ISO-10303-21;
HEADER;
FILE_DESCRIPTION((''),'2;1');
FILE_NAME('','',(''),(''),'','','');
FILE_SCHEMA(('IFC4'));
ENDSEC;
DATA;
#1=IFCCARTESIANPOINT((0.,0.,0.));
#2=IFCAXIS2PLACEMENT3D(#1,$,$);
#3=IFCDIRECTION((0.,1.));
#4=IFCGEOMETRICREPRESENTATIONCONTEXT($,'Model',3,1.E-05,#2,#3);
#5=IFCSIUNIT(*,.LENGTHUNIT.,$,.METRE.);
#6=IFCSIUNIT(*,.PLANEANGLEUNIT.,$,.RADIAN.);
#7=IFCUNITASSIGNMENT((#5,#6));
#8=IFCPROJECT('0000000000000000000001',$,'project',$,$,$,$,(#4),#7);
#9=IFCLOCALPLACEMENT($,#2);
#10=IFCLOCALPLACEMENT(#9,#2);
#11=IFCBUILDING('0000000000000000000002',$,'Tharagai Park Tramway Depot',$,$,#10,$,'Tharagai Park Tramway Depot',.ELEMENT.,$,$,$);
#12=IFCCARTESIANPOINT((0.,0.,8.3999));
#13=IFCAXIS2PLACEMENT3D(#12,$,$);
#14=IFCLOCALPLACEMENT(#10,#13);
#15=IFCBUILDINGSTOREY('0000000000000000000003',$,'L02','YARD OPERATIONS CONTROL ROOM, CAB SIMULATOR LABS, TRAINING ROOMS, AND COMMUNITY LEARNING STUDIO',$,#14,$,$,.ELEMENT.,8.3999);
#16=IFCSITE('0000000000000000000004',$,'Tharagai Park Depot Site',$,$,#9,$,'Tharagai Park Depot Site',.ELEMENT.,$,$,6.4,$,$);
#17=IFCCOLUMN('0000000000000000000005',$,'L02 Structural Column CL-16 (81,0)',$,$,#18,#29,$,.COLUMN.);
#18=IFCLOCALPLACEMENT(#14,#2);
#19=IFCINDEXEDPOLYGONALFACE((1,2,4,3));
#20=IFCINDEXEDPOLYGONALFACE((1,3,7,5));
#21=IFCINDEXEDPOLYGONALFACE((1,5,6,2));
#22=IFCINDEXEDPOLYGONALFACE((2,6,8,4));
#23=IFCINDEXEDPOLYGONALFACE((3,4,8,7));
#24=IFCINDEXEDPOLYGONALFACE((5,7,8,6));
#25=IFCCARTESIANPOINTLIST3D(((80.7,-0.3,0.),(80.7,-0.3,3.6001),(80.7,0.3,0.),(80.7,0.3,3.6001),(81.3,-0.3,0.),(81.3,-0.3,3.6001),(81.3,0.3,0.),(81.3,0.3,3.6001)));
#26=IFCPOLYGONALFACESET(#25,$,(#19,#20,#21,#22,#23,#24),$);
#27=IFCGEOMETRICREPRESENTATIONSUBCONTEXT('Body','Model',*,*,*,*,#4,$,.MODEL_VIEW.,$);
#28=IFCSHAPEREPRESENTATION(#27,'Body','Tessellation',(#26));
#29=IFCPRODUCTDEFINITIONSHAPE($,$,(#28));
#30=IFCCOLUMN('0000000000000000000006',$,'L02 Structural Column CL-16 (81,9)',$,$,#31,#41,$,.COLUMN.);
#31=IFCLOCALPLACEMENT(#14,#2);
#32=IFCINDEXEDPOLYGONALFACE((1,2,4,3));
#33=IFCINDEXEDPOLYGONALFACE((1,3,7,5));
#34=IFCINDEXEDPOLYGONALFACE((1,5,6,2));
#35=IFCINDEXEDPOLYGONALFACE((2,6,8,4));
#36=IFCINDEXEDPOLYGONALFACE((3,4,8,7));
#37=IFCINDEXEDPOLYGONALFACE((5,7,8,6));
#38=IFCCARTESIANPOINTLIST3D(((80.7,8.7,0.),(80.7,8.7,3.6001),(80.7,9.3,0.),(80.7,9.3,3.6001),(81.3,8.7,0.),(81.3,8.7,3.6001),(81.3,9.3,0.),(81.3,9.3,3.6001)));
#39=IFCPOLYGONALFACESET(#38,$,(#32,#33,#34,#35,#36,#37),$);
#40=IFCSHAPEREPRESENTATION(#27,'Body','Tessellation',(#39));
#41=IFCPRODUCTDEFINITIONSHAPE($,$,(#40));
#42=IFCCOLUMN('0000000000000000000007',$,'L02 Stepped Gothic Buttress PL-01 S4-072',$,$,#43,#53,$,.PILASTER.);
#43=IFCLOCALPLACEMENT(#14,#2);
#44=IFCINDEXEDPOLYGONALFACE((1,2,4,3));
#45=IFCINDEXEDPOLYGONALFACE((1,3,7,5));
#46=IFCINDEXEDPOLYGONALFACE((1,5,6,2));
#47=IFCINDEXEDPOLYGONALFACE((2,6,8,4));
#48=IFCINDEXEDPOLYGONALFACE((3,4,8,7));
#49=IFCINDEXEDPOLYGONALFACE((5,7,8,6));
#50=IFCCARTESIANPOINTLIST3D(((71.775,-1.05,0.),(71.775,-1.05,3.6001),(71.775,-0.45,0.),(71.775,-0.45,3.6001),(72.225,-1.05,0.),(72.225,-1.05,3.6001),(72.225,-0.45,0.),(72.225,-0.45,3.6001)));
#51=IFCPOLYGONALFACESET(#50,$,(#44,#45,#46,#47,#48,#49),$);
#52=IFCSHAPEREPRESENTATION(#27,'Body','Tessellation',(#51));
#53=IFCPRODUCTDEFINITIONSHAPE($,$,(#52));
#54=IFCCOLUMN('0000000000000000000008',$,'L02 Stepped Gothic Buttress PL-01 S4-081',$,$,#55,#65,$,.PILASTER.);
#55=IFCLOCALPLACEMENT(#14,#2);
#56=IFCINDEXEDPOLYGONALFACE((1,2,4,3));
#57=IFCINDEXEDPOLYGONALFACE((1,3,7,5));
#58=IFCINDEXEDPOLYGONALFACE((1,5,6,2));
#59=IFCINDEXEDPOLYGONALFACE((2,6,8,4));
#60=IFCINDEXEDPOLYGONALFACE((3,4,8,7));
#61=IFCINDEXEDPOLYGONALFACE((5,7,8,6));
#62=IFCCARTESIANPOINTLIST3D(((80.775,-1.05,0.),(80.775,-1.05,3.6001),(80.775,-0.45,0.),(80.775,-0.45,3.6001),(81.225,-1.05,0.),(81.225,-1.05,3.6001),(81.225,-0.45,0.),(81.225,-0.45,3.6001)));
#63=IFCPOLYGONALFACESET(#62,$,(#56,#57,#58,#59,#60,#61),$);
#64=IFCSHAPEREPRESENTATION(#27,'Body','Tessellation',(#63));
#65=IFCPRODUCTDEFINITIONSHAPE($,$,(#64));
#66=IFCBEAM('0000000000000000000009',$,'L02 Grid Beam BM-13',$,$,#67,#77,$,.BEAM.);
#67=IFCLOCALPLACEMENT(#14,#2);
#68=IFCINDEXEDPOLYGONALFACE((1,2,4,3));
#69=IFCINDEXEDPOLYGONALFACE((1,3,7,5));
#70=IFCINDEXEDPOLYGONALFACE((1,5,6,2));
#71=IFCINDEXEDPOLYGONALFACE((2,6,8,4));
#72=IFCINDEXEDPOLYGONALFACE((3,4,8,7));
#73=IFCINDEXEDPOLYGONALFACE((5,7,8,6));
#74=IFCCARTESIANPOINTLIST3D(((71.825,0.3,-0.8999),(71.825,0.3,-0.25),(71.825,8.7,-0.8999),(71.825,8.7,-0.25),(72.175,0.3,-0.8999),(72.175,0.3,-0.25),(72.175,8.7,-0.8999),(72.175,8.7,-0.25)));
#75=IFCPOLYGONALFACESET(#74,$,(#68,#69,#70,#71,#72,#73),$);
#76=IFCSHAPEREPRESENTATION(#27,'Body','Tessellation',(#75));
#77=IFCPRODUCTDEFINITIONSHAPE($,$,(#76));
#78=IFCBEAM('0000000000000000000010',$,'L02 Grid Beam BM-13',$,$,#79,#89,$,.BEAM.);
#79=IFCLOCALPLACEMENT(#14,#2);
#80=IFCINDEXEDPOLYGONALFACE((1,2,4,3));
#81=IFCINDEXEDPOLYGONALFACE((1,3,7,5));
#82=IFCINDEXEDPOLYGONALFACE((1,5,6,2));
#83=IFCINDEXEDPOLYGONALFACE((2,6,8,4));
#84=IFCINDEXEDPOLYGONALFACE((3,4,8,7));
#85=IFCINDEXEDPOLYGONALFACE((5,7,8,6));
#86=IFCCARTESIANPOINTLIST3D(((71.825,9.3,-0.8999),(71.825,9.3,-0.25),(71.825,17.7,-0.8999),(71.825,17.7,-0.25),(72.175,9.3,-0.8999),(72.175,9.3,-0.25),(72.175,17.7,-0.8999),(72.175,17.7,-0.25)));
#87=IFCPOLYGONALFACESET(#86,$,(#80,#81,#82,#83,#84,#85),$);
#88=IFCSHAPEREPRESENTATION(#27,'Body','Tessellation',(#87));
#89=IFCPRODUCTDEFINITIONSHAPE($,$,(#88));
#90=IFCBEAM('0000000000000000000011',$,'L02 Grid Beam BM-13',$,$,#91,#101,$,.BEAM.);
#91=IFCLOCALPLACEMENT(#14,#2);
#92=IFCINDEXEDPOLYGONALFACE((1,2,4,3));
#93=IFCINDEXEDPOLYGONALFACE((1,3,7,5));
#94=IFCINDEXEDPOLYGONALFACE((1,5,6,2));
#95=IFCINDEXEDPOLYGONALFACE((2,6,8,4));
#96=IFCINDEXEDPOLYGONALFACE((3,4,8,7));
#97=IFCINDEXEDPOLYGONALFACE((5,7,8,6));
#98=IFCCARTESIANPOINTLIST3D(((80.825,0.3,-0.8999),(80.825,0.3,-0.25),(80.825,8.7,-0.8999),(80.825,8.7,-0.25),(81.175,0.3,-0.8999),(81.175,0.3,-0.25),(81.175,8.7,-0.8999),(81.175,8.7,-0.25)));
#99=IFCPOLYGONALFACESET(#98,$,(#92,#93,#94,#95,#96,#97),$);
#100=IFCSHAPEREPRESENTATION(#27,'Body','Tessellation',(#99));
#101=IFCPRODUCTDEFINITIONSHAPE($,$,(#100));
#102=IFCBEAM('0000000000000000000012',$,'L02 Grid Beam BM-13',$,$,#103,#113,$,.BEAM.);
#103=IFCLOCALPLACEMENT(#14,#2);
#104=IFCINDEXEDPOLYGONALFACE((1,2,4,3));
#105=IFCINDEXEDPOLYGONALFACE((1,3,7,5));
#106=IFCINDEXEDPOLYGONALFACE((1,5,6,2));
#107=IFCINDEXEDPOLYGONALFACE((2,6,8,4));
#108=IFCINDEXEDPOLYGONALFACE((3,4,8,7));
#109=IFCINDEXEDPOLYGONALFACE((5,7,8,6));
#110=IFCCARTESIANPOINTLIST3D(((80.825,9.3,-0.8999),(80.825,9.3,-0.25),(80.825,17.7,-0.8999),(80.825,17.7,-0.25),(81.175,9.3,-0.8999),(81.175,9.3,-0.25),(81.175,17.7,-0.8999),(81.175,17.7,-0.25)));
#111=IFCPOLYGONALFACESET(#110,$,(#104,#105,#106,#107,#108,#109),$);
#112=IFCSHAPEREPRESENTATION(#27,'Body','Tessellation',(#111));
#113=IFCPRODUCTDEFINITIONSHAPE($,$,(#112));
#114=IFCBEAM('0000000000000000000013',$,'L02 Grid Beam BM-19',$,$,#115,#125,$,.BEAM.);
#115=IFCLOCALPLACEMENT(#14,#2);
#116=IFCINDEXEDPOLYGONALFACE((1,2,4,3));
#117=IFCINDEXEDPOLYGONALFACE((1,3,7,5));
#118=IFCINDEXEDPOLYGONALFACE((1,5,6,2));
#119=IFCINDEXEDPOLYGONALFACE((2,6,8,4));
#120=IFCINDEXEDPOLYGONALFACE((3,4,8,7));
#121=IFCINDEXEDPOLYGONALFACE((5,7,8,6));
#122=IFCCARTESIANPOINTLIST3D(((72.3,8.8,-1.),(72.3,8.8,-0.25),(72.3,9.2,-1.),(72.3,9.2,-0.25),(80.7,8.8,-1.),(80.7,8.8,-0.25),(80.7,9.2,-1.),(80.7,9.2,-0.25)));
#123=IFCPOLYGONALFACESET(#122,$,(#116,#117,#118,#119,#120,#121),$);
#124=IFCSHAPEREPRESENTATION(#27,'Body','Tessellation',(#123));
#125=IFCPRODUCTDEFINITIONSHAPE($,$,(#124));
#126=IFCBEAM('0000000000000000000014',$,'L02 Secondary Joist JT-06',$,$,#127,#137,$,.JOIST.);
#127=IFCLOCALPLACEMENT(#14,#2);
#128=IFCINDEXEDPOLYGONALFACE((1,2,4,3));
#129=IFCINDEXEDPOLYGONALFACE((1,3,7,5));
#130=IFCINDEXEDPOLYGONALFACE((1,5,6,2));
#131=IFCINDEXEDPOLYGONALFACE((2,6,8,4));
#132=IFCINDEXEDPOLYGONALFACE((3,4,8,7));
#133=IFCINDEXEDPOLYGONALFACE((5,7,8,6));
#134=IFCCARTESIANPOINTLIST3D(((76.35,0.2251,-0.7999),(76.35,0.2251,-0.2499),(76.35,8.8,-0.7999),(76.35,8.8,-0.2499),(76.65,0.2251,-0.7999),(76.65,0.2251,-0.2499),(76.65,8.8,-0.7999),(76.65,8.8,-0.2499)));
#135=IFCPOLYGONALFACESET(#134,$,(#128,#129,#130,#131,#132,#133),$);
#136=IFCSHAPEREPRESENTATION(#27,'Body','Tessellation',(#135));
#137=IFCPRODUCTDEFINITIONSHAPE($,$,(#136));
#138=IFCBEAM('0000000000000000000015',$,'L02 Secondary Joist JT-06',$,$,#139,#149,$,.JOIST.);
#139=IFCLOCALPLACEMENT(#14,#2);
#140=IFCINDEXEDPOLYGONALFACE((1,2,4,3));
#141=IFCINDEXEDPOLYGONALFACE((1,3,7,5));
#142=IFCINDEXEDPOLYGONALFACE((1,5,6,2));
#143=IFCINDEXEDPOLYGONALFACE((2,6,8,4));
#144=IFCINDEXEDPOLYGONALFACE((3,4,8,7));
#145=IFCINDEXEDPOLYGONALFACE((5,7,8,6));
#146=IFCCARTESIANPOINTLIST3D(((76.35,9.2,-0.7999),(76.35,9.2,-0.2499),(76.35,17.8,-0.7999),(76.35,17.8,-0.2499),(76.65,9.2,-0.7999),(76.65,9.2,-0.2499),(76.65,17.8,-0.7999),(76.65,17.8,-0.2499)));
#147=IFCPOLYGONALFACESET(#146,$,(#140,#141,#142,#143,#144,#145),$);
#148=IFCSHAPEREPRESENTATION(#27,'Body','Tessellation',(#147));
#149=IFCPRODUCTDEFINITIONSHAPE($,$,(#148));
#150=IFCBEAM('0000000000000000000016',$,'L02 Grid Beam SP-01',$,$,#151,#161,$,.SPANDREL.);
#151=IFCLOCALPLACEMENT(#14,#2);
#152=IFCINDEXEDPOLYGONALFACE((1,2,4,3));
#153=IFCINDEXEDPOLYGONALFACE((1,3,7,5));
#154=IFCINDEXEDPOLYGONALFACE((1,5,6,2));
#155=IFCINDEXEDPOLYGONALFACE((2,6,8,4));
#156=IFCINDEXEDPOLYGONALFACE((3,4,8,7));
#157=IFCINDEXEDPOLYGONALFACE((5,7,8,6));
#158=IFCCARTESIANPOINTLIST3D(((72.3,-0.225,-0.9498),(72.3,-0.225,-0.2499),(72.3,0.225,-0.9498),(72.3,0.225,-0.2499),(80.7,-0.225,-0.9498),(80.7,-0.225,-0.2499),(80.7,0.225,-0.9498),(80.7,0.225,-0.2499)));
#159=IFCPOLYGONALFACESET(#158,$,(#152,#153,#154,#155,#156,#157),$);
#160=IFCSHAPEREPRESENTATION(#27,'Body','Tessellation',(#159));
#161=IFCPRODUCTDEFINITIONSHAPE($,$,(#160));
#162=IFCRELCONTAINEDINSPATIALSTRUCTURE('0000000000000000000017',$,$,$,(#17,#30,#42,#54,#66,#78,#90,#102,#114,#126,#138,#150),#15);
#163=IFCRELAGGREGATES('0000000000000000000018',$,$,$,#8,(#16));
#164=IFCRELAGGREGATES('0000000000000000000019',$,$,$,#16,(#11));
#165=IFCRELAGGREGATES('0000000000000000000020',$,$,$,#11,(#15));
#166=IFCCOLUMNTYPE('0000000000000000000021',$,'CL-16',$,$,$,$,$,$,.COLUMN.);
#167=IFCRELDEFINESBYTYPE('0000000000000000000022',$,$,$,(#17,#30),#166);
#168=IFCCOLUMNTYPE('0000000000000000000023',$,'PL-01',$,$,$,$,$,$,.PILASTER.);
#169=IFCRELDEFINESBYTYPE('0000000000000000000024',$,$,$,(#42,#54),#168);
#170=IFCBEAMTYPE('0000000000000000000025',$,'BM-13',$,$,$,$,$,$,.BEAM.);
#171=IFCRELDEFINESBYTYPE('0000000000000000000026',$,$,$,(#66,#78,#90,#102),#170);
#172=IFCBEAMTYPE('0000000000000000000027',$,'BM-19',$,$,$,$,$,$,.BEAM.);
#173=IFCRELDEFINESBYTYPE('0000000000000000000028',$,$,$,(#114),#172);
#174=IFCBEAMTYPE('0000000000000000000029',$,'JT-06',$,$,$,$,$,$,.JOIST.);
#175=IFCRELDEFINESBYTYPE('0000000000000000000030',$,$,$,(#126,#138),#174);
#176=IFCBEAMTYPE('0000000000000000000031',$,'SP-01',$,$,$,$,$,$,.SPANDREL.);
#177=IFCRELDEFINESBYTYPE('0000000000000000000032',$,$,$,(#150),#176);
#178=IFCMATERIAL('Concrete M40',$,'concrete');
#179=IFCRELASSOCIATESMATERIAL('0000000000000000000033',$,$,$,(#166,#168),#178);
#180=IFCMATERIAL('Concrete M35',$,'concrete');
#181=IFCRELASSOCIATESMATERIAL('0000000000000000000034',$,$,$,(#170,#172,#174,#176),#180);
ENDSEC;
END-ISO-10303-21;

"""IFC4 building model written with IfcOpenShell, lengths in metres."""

from ifc_helpers import new_model, si_unit, direction, frame, origin, origin_2d, place, context, subcontext, project, spatial, rectangle, extrude, material, material_profile, profile_set, type_object, element, save


model = new_model("IFC4")

# Units and contexts
model_context = context("Model", 3, precision=1e-05, world=origin(), true_north=direction((0.0, 1.0)))
body_context = subcontext(model_context, "Body", "Model", "MODEL_VIEW")
ifc_project = project(units=[si_unit("LENGTHUNIT", "METRE"), si_unit("PLANEANGLEUNIT", "RADIAN")], contexts=[model_context])

# Site, building, storey
site_placement = place(None, origin())
site = spatial("IfcSite", under=ifc_project, at=site_placement, Name="Tharagai Park Depot Site", LongName="Tharagai Park Depot Site", CompositionType="ELEMENT", RefElevation=6.4)
building_placement = place(site_placement, origin())
building = spatial("IfcBuilding", under=site, at=building_placement, Name="Tharagai Park Tramway Depot", LongName="Tharagai Park Tramway Depot", CompositionType="ELEMENT")
storey_placement = place(building_placement, frame((0.0, 0.0, 8.3999)))
storey = spatial("IfcBuildingStorey", under=building, at=storey_placement, Name="L02", Description="YARD OPERATIONS CONTROL ROOM, CAB SIMULATOR LABS, TRAINING ROOMS, AND COMMUNITY LEARNING STUDIO", CompositionType="ELEMENT", Elevation=8.3999)

# Columns
ifc_material_1 = material(Name="Concrete M40", Category="concrete")
ifc_material_profile_1 = material_profile(ifc_material_1, rectangle(XDim=0.6001, YDim=0.6001, at=origin_2d()), Name="RC 600x600")
ifc_profile_set_1 = profile_set([ifc_material_profile_1], Name="Concrete M40")
column_type_1 = type_object("IfcColumnType", Name="CL-16", PredefinedType="COLUMN", material=ifc_profile_set_1)
for number, where, z_axis, x_axis, name in (
    (1, (81.0, 0.0, 0.0), (0.0, 0.0, 1.0), (1.0, 0.0, 0.0), "L02 Structural Column CL-16 (81,0)"),
    (2, (81.0, 9.0, 0.0), (0.0, 0.0, 1.0), (1.0, 0.0, 0.0), "L02 Structural Column CL-16 (81,9)"),
):
    element("IfcColumn", number, at=place(storey_placement, frame(where, z_axis=z_axis, x_axis=x_axis)), inside=storey, type_object=column_type_1, Name=name, PredefinedType="COLUMN", context=body_context, shape_type="SweptSolid", body=[
        extrude(rectangle(XDim=0.6001, YDim=0.6001, at=origin_2d()), origin(), (0.0, 0.0, 1.0), 3.6001),
    ])
ifc_material_profile_2 = material_profile(ifc_material_1, rectangle(XDim=0.45, YDim=0.6001, at=origin_2d()), Name="RC 450x600")
ifc_profile_set_2 = profile_set([ifc_material_profile_2], Name="Concrete M40")
column_type_2 = type_object("IfcColumnType", Name="PL-01", PredefinedType="PILASTER", material=ifc_profile_set_2)
for number, where, z_axis, x_axis, name in (
    (3, (72.0, -0.75, 0.0), (0.0, 0.0, 1.0), (1.0, 0.0, 0.0), "L02 Stepped Gothic Buttress PL-01 S4-072"),
    (4, (81.0, -0.75, 0.0), (0.0, 0.0, 1.0), (1.0, 0.0, 0.0), "L02 Stepped Gothic Buttress PL-01 S4-081"),
):
    element("IfcColumn", number, at=place(storey_placement, frame(where, z_axis=z_axis, x_axis=x_axis)), inside=storey, type_object=column_type_2, Name=name, PredefinedType="PILASTER", context=body_context, shape_type="SweptSolid", body=[
        extrude(rectangle(XDim=0.45, YDim=0.6001, at=origin_2d()), origin(), (0.0, 0.0, 1.0), 3.6001),
    ])

# Beams
ifc_material_2 = material(Name="Concrete M35", Category="concrete")
ifc_material_profile_3 = material_profile(ifc_material_2, rectangle(XDim=0.3501, YDim=0.6499, at=origin_2d()), Name="RC 350x650")
ifc_profile_set_3 = profile_set([ifc_material_profile_3], Name="Concrete M35")
beam_type_1 = type_object("IfcBeamType", Name="BM-13", PredefinedType="BEAM", material=ifc_profile_set_3)
for number, where, z_axis, x_axis, name in (
    (5, (72.0, 0.3, -0.575), (0.0, 1.0, 0.0), (-1.0, 0.0, 0.0), "L02 Grid Beam BM-13"),
    (6, (72.0, 9.3, -0.575), (0.0, 1.0, 0.0), (-1.0, 0.0, 0.0), "L02 Grid Beam BM-13"),
    (7, (81.0, 0.3, -0.575), (0.0, 1.0, 0.0), (-1.0, 0.0, 0.0), "L02 Grid Beam BM-13"),
    (8, (81.0, 9.3, -0.575), (0.0, 1.0, 0.0), (-1.0, 0.0, 0.0), "L02 Grid Beam BM-13"),
):
    element("IfcBeam", number, at=place(storey_placement, frame(where, z_axis=z_axis, x_axis=x_axis)), inside=storey, type_object=beam_type_1, Name=name, PredefinedType="BEAM", context=body_context, shape_type="SweptSolid", body=[
        extrude(rectangle(XDim=0.3501, YDim=0.6499, at=origin_2d()), origin(), (0.0, 0.0, 1.0), 8.3999),
    ])
ifc_material_profile_4 = material_profile(ifc_material_2, rectangle(XDim=0.3999, YDim=0.75, at=origin_2d()), Name="RC 400x750")
ifc_profile_set_4 = profile_set([ifc_material_profile_4], Name="Concrete M35")
beam_type_2 = type_object("IfcBeamType", Name="BM-19", PredefinedType="BEAM", material=ifc_profile_set_4)
beam_1_placement = place(storey_placement, frame((72.3, 9.0, -0.625), z_axis=(1.0, 0.0, 0.0), x_axis=(0.0, 1.0, 0.0)))
element("IfcBeam", 9, at=beam_1_placement, inside=storey, type_object=beam_type_2, Name="L02 Grid Beam BM-19", PredefinedType="BEAM", context=body_context, shape_type="SweptSolid", body=[
    extrude(rectangle(XDim=0.3999, YDim=0.75, at=origin_2d()), origin(), (0.0, 0.0, 1.0), 8.3999),
])
ifc_material_profile_5 = material_profile(ifc_material_2, rectangle(XDim=0.3, YDim=0.55, at=origin_2d()), Name="RC 300x550")
ifc_profile_set_5 = profile_set([ifc_material_profile_5], Name="Concrete M35")
beam_type_3 = type_object("IfcBeamType", Name="JT-06", PredefinedType="JOIST", material=ifc_profile_set_5)
beam_2_placement = place(storey_placement, frame((76.5, 0.2251, -0.5249), z_axis=(0.0, 1.0, 0.0), x_axis=(-1.0, 0.0, 0.0)))
element("IfcBeam", 10, at=beam_2_placement, inside=storey, type_object=beam_type_3, Name="L02 Secondary Joist JT-06", PredefinedType="JOIST", context=body_context, shape_type="SweptSolid", body=[
    extrude(rectangle(XDim=0.3, YDim=0.55, at=origin_2d()), origin(), (0.0, 0.0, 1.0), 8.575),
])
beam_3_placement = place(storey_placement, frame((76.5, 9.2, -0.5249), z_axis=(0.0, 1.0, 0.0), x_axis=(-1.0, 0.0, 0.0)))
element("IfcBeam", 11, at=beam_3_placement, inside=storey, type_object=beam_type_3, Name="L02 Secondary Joist JT-06", PredefinedType="JOIST", context=body_context, shape_type="SweptSolid", body=[
    extrude(rectangle(XDim=0.3, YDim=0.55, at=origin_2d()), origin(), (0.0, 0.0, 1.0), 8.6001),
])
ifc_material_profile_6 = material_profile(ifc_material_2, rectangle(XDim=0.45, YDim=0.7, at=origin_2d()), Name="RC 450x700")
ifc_profile_set_6 = profile_set([ifc_material_profile_6], Name="Concrete M35")
beam_type_4 = type_object("IfcBeamType", Name="SP-01", PredefinedType="SPANDREL", material=ifc_profile_set_6)
beam_4_placement = place(storey_placement, frame((72.3, 0.0, -0.5999), z_axis=(1.0, 0.0, 0.0), x_axis=(0.0, 1.0, 0.0)))
element("IfcBeam", 12, at=beam_4_placement, inside=storey, type_object=beam_type_4, Name="L02 Grid Beam SP-01", PredefinedType="SPANDREL", context=body_context, shape_type="SweptSolid", body=[
    extrude(rectangle(XDim=0.45, YDim=0.7, at=origin_2d()), origin(), (0.0, 0.0, 1.0), 8.3999),
])

save(model, "model.ifc")
